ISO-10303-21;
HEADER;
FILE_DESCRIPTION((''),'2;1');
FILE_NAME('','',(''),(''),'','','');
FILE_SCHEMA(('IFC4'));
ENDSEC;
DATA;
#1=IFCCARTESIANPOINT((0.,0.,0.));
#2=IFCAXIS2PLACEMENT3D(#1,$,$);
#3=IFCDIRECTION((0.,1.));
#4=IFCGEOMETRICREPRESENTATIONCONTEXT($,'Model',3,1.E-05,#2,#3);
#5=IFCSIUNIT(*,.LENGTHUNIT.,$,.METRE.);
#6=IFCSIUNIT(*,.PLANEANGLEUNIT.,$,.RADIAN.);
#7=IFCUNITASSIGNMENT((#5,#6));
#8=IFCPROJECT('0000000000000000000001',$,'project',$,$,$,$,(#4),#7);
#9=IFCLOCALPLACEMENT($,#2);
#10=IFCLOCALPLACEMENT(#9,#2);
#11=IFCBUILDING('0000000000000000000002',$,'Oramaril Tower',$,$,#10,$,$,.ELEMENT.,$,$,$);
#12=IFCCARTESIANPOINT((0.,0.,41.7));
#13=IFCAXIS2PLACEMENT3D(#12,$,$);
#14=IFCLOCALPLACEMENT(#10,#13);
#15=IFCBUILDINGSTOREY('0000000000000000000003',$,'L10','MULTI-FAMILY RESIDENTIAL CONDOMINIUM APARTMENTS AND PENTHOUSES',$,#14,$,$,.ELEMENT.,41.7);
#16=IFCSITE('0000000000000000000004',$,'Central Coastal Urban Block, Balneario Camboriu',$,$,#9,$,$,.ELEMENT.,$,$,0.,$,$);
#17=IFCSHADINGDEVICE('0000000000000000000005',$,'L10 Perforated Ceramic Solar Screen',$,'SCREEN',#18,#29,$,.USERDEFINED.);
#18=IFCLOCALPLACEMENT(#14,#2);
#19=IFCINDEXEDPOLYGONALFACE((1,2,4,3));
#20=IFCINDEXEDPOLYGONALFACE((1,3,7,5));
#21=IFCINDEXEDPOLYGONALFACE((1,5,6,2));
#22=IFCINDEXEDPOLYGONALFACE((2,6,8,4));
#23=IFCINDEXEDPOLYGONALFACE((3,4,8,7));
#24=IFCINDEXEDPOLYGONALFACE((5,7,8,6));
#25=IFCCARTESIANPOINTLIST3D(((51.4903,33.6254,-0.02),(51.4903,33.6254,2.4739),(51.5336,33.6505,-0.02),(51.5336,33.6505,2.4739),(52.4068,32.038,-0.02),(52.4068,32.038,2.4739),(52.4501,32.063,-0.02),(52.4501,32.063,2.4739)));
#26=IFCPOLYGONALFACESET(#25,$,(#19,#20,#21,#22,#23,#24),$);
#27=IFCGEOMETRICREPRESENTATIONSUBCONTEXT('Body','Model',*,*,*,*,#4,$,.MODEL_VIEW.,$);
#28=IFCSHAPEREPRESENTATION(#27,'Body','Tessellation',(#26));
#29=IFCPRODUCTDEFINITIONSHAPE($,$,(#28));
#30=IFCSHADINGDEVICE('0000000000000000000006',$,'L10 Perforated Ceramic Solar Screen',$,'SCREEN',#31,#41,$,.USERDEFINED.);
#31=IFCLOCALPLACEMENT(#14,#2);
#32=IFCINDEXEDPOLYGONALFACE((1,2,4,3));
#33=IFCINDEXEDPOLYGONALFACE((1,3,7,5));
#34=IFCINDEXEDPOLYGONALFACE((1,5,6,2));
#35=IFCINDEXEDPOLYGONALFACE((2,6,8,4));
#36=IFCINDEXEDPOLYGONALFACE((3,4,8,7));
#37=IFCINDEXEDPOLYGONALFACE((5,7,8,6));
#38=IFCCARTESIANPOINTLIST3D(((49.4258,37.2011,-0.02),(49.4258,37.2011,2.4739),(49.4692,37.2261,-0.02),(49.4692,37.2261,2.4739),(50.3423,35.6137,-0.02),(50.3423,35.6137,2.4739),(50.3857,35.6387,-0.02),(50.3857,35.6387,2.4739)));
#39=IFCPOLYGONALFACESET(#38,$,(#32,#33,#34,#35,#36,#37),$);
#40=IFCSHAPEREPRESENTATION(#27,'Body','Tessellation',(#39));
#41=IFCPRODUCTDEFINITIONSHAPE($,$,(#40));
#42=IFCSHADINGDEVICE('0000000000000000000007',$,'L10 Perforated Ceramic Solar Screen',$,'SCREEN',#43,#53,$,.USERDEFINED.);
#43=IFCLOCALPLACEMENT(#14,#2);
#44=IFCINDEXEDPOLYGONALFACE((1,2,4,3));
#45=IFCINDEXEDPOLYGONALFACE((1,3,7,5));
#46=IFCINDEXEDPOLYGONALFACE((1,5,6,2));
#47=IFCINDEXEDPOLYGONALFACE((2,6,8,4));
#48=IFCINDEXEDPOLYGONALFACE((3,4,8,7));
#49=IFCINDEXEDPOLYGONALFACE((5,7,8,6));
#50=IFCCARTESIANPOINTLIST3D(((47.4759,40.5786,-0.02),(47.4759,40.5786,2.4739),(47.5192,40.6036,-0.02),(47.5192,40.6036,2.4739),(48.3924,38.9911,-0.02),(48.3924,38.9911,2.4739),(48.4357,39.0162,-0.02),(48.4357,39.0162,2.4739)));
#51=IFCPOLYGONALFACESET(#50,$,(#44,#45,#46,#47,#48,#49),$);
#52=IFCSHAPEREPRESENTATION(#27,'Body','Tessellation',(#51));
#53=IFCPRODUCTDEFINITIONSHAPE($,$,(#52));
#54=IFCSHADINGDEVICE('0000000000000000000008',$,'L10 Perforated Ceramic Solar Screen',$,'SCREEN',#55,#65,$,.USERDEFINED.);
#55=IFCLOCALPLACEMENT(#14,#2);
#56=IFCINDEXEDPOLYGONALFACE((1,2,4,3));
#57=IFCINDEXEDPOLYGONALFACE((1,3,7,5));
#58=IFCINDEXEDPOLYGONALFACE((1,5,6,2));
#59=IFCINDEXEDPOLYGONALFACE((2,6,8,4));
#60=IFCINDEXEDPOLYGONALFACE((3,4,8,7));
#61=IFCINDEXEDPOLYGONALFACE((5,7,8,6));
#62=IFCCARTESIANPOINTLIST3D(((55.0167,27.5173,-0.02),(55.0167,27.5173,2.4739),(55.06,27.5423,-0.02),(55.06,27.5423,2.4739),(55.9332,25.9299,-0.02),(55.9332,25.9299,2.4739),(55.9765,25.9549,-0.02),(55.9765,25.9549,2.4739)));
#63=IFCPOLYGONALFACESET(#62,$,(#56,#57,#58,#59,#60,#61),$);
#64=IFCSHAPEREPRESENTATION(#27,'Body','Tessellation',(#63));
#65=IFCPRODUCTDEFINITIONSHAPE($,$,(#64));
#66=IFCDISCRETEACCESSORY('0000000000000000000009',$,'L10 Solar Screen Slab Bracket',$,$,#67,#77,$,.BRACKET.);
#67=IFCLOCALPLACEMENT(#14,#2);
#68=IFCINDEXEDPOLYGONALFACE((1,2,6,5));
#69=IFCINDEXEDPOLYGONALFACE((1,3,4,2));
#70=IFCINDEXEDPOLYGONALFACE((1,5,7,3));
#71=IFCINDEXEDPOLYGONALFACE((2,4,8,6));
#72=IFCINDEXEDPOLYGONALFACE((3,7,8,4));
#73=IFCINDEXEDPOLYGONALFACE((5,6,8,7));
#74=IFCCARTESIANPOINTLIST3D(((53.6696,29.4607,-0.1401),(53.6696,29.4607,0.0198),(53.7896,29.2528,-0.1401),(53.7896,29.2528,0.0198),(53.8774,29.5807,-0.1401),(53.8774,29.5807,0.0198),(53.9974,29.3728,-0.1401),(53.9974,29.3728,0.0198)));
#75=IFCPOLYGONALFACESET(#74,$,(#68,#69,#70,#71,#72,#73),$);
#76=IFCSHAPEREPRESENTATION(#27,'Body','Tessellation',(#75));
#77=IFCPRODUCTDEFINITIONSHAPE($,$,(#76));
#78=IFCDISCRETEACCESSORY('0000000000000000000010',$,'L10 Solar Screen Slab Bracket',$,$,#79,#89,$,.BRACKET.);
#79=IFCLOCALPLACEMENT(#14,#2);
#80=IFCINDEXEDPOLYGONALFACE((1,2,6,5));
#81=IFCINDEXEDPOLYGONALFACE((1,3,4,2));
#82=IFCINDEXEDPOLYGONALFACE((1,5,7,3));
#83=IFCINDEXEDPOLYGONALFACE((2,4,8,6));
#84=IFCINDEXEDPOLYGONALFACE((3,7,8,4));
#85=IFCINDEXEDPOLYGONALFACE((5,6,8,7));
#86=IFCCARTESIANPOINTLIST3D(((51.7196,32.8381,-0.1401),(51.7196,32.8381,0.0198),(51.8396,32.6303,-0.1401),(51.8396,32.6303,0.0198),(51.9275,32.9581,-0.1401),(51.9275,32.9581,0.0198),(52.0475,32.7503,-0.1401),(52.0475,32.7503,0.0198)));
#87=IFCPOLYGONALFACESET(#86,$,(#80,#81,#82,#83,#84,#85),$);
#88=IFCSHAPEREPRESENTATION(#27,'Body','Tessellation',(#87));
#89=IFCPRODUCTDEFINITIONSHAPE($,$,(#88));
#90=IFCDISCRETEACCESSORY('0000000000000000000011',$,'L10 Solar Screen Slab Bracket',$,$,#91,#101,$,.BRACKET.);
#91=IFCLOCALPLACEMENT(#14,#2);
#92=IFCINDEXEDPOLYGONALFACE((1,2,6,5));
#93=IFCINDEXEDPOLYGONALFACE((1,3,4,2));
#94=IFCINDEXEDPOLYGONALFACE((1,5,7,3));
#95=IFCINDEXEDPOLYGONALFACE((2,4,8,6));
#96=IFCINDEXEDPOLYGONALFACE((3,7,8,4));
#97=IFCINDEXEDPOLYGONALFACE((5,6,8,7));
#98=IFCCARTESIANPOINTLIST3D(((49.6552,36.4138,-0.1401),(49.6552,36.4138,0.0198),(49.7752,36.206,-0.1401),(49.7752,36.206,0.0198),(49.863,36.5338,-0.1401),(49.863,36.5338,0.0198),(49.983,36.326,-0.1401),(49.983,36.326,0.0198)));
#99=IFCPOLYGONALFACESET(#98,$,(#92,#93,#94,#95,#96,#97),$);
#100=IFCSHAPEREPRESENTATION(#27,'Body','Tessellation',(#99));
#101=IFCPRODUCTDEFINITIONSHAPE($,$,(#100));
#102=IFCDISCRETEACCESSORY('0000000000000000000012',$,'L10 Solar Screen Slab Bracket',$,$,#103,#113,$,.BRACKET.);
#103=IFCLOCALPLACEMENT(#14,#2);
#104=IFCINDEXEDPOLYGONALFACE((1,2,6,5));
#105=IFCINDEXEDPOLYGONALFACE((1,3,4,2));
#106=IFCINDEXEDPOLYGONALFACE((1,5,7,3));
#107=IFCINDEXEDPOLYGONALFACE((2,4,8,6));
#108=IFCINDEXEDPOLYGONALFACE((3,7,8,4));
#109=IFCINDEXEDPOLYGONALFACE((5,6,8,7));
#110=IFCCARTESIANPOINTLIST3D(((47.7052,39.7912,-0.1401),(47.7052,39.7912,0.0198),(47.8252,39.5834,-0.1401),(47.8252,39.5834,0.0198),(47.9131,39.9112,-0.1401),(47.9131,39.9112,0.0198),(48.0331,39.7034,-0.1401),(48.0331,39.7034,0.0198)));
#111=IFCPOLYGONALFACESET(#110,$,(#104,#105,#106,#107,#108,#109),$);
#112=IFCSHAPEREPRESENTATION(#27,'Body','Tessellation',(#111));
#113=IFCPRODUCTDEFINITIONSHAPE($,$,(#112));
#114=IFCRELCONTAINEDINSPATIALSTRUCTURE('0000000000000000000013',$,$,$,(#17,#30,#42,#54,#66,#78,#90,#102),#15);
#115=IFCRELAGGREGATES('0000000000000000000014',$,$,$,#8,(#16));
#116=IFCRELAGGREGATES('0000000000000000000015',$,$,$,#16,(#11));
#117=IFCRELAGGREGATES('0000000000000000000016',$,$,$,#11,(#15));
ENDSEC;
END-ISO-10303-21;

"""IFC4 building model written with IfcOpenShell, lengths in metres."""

from ifc_helpers import new_model, si_unit, direction, frame, origin, origin_2d, place, context, subcontext, project, spatial, rectangle, extrude, element, save


model = new_model("IFC4")

# Units and contexts
model_context = context("Model", 3, precision=1e-05, world=origin(), true_north=direction((0.0, 1.0)))
body_context = subcontext(model_context, "Body", "Model", "MODEL_VIEW")
ifc_project = project(units=[si_unit("LENGTHUNIT", "METRE"), si_unit("PLANEANGLEUNIT", "RADIAN")], contexts=[model_context])

# Site, building, storey
site_placement = place(None, origin())
site = spatial("IfcSite", under=ifc_project, at=site_placement, Name="Central Coastal Urban Block, Balneario Camboriu", CompositionType="ELEMENT", RefElevation=0.0)
building_placement = place(site_placement, origin())
building = spatial("IfcBuilding", under=site, at=building_placement, Name="Oramaril Tower", CompositionType="ELEMENT")
storey_placement = place(building_placement, frame((0.0, 0.0, 41.7)))
storey = spatial("IfcBuildingStorey", under=building, at=storey_placement, Name="L10", Description="MULTI-FAMILY RESIDENTIAL CONDOMINIUM APARTMENTS AND PENTHOUSES", CompositionType="ELEMENT", Elevation=41.7)

# Shading devices
for number, where, z_axis, x_axis, name in (
    (1, (51.9702, 32.8442, -0.02), (0.0, 0.0, 1.0), (-0.5, 0.866025, 0.0), "L10 Perforated Ceramic Solar Screen"),
    (2, (49.9058, 36.4199, -0.02), (0.0, 0.0, 1.0), (-0.5, 0.866025, 0.0), "L10 Perforated Ceramic Solar Screen"),
    (3, (47.9558, 39.7974, -0.02), (0.0, 0.0, 1.0), (-0.5, 0.866025, 0.0), "L10 Perforated Ceramic Solar Screen"),
    (4, (55.4966, 26.7361, -0.02), (0.0, 0.0, 1.0), (-0.5, 0.866025, 0.0), "L10 Perforated Ceramic Solar Screen"),
):
    element("IfcShadingDevice", number, at=place(storey_placement, frame(where, z_axis=z_axis, x_axis=x_axis)), inside=storey, Name=name, ObjectType="SCREEN", PredefinedType="USERDEFINED", context=body_context, shape_type="SweptSolid", body=[
        extrude(rectangle(XDim=1.833, YDim=0.05, at=origin_2d()), origin(), (0.0, 0.0, 1.0), 2.4939),
    ])

# Discrete accessories
for number, where, z_axis, x_axis, name in (
    (5, (53.8335, 29.4167, -0.1401), (0.0, 0.0, 1.0), (-0.5, 0.866025, 0.0), "L10 Solar Screen Slab Bracket"),
    (6, (51.8835, 32.7942, -0.1401), (0.0, 0.0, 1.0), (-0.5, 0.866025, 0.0), "L10 Solar Screen Slab Bracket"),
    (7, (49.8191, 36.3699, -0.1401), (0.0, 0.0, 1.0), (-0.5, 0.866025, 0.0), "L10 Solar Screen Slab Bracket"),
    (8, (47.8691, 39.7473, -0.1401), (0.0, 0.0, 1.0), (-0.5, 0.866025, 0.0), "L10 Solar Screen Slab Bracket"),
):
    element("IfcDiscreteAccessory", number, at=place(storey_placement, frame(where, z_axis=z_axis, x_axis=x_axis)), inside=storey, Name=name, PredefinedType="BRACKET", context=body_context, shape_type="SweptSolid", body=[
        extrude(rectangle(XDim=0.24, YDim=0.24, at=origin_2d()), origin(), (0.0, 0.0, 1.0), 0.1599),
    ])

save(model, "model.ifc")
